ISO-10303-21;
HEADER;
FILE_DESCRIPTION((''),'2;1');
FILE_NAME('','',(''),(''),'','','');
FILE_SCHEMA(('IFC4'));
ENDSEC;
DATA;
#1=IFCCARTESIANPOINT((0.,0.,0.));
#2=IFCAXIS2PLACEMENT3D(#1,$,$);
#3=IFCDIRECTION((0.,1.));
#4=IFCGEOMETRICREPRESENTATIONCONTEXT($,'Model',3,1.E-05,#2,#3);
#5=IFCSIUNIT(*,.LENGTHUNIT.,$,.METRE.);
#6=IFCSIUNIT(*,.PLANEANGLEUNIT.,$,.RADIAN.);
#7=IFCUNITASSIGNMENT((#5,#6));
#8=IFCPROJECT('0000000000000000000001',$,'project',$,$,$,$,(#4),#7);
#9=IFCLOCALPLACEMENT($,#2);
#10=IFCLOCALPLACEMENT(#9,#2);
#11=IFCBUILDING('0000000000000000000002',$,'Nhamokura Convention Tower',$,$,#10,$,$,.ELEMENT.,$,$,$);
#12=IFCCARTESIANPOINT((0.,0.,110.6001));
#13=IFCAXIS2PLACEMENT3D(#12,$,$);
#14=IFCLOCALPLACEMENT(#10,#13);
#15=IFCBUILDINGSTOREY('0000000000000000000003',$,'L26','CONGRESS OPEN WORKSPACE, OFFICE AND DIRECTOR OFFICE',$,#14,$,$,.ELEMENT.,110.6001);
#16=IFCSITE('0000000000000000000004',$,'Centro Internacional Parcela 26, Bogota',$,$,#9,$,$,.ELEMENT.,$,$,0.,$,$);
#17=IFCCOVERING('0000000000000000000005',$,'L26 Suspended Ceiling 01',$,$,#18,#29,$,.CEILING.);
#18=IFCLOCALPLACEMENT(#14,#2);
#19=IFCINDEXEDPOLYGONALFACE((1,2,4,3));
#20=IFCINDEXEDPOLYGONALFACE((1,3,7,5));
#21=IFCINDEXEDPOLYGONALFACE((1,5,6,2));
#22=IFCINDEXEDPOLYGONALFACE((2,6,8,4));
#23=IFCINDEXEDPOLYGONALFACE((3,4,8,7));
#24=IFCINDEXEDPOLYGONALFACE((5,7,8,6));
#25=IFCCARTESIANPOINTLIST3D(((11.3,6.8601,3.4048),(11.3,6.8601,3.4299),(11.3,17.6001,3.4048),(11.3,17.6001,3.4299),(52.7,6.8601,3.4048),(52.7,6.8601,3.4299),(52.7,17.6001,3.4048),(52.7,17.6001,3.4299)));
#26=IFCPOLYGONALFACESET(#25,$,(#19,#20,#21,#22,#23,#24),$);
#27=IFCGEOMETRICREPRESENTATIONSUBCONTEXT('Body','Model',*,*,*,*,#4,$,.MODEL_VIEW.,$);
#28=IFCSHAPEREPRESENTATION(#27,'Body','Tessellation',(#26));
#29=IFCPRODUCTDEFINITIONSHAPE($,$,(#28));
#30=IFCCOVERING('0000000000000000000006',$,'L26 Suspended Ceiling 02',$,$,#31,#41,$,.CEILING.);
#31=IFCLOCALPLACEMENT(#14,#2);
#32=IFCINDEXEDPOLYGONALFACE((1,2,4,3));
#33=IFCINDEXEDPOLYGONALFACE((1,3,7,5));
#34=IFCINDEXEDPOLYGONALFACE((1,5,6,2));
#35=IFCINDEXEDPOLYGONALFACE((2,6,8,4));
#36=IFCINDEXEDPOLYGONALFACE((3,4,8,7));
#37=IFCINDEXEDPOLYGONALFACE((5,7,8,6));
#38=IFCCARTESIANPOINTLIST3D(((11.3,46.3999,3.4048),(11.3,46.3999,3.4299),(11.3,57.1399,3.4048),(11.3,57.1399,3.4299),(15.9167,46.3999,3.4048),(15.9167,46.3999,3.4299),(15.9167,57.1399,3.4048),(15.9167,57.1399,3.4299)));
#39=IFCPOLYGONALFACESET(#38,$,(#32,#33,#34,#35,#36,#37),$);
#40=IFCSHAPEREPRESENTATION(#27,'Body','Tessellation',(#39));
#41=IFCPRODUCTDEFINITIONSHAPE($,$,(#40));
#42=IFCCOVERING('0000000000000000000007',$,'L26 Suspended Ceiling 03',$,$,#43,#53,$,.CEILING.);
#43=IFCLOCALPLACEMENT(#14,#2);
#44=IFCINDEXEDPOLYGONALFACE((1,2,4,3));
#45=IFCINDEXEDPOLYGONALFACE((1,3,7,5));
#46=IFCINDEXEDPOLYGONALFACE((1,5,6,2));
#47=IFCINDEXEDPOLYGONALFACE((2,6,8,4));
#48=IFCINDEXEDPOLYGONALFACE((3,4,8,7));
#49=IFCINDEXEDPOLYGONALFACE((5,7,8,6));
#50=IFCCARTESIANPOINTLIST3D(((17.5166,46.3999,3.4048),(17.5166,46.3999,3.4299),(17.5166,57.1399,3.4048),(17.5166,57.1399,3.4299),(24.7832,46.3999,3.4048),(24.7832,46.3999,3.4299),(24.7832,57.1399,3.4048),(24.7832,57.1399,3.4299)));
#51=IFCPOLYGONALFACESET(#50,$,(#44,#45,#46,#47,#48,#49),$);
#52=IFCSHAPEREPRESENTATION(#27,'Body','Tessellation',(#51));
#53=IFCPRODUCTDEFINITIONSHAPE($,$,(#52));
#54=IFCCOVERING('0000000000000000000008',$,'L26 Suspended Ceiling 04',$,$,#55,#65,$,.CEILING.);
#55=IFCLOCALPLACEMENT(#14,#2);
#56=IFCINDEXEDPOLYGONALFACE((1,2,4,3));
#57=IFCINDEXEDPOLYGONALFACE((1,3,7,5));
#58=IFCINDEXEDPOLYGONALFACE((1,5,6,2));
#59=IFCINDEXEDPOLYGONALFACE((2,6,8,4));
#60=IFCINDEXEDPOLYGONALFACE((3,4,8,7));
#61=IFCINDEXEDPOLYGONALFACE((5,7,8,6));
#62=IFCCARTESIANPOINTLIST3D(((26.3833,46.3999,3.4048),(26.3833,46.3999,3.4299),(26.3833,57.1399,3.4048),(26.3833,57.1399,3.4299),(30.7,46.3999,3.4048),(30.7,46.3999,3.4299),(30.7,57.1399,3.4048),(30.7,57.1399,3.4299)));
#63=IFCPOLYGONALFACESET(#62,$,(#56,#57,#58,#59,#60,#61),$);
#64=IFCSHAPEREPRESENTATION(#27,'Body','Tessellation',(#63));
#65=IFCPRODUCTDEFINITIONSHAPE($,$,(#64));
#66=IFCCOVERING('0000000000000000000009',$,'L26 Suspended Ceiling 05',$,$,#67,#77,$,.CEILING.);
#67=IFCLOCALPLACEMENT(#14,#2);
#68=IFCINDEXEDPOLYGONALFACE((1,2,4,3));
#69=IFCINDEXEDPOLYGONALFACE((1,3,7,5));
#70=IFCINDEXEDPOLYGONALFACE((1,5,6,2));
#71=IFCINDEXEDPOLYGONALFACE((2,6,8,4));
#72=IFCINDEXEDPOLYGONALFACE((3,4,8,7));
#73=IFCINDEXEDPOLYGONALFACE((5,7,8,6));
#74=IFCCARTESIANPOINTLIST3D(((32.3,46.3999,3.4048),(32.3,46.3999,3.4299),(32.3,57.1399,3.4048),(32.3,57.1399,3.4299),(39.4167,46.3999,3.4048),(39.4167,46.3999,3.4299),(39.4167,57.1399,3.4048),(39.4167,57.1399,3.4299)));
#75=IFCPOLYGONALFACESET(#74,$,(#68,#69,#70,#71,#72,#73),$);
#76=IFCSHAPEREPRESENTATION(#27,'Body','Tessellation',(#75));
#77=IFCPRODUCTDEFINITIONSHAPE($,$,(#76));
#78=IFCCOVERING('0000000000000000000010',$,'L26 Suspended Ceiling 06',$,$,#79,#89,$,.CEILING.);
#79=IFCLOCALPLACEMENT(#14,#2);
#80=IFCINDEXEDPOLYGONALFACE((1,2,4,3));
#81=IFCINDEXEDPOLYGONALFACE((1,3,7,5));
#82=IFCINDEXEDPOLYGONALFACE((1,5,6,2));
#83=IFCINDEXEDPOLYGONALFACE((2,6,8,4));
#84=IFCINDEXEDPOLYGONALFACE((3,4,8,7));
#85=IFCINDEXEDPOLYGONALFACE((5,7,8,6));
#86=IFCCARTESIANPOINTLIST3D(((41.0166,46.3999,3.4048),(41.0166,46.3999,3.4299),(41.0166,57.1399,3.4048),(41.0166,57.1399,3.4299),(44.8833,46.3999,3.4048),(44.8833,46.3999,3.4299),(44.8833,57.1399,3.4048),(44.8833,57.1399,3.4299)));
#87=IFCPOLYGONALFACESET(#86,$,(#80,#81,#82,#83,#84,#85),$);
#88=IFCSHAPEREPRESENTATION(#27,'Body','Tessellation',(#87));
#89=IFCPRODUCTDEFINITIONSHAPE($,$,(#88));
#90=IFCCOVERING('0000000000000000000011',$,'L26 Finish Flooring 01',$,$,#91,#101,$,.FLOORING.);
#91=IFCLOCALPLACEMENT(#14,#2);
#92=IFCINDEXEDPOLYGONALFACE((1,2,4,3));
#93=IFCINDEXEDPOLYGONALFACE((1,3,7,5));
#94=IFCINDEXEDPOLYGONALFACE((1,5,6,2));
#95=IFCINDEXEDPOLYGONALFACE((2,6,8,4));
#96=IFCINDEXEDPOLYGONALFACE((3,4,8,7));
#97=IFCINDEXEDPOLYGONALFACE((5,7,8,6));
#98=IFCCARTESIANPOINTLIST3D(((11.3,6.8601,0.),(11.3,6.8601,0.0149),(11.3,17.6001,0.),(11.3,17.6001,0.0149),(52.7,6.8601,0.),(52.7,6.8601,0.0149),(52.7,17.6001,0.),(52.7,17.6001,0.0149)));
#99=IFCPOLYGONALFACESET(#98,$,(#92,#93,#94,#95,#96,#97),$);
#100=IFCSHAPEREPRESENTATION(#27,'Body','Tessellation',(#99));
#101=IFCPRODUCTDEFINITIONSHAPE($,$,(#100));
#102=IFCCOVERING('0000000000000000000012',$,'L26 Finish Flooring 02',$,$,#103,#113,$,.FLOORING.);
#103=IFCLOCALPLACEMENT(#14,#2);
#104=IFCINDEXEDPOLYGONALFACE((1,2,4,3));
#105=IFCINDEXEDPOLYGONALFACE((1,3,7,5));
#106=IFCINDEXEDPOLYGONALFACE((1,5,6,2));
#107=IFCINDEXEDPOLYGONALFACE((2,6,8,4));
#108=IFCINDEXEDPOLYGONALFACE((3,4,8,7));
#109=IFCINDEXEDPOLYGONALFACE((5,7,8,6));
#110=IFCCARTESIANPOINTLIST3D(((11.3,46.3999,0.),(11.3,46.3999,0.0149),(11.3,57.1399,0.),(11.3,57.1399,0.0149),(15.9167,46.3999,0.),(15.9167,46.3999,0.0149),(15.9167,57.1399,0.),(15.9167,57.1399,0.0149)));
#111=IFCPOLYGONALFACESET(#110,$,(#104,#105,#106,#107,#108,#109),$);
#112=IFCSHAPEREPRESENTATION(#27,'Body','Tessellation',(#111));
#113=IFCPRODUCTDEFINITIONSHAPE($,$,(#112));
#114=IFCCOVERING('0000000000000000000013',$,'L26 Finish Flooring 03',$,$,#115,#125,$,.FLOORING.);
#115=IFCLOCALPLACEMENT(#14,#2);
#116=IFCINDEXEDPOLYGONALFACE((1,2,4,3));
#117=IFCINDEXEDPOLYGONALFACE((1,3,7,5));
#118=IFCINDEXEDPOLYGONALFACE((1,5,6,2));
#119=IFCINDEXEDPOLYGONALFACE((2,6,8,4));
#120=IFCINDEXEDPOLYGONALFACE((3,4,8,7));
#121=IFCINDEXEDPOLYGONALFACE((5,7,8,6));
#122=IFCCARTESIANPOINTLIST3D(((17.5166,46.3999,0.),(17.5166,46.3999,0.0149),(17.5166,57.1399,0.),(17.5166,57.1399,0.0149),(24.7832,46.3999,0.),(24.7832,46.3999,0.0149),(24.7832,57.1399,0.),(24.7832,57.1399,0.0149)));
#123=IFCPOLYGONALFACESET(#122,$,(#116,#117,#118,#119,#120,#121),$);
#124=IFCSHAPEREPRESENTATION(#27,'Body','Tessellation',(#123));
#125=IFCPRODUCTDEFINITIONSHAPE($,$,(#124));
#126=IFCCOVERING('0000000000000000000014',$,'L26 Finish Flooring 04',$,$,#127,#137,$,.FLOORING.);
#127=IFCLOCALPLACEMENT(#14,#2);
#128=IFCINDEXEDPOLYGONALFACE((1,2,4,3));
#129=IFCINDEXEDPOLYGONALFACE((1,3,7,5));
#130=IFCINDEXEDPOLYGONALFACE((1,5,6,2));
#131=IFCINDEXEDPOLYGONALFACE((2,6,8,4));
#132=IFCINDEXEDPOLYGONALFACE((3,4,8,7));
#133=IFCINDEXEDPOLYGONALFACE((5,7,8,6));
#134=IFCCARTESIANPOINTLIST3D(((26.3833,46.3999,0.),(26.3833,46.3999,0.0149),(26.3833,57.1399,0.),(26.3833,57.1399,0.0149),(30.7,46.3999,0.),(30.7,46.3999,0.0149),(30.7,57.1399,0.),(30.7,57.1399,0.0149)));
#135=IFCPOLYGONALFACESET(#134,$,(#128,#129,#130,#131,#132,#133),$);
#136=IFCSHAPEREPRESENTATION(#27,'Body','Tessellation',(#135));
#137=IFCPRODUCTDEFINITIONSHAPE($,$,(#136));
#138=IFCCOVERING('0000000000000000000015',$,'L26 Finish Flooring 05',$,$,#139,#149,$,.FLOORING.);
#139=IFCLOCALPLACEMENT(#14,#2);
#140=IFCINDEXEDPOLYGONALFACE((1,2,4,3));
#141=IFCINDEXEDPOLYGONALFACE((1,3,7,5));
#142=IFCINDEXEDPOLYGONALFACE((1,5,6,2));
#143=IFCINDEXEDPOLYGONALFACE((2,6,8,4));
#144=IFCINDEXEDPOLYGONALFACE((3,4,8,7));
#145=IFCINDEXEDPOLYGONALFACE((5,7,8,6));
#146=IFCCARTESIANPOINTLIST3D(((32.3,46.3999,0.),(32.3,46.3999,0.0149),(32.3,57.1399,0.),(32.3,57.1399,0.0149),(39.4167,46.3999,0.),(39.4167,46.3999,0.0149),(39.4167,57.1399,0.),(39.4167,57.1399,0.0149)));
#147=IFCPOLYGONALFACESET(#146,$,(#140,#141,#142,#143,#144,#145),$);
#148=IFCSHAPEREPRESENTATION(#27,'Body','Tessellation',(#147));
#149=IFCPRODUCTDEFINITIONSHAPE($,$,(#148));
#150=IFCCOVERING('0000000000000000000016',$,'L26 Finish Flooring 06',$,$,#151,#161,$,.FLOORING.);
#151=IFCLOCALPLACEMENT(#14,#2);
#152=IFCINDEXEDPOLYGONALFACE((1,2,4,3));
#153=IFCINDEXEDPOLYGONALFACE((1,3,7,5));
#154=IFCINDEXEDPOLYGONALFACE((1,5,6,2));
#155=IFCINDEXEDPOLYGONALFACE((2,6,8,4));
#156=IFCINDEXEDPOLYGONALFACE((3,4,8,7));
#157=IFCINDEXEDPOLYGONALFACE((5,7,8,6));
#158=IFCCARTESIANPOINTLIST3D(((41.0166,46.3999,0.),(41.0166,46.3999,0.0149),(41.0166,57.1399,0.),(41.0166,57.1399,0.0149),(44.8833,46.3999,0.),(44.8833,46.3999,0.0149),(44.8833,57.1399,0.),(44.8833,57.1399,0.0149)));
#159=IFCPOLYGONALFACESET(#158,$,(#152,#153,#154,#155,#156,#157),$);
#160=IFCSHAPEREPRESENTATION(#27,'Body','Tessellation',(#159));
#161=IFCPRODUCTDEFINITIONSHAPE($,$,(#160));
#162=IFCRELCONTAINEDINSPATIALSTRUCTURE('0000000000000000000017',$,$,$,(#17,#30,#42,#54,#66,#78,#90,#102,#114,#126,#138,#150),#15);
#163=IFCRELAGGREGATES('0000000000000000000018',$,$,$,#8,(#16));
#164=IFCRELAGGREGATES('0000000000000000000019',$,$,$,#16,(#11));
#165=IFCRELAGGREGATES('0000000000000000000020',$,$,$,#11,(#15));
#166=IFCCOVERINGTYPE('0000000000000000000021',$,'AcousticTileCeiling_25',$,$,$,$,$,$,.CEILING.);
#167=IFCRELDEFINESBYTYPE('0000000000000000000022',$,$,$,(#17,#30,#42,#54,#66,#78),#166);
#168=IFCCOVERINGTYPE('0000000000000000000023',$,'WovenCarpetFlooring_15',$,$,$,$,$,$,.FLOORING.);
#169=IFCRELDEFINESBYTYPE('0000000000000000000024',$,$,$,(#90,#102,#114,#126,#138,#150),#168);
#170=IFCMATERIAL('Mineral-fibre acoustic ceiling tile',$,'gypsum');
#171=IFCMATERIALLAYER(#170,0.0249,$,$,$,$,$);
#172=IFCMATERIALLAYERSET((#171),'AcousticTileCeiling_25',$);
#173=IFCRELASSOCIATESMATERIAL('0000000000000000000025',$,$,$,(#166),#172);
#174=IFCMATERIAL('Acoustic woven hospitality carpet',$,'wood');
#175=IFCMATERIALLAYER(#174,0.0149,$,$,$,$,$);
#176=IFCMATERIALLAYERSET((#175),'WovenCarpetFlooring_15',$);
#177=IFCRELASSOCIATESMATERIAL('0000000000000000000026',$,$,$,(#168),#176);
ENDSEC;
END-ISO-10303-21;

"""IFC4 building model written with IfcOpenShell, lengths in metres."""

from ifc_helpers import new_model, si_unit, direction, frame, origin, place, context, subcontext, project, spatial, polyline, outline, extrude, material, layer, layer_set, type_object, element, save


model = new_model("IFC4")

# Units and contexts
model_context = context("Model", 3, precision=1e-05, world=origin(), true_north=direction((0.0, 1.0)))
body_context = subcontext(model_context, "Body", "Model", "MODEL_VIEW")
ifc_project = project(units=[si_unit("LENGTHUNIT", "METRE"), si_unit("PLANEANGLEUNIT", "RADIAN")], contexts=[model_context])

# Site, building, storey
site_placement = place(None, origin())
site = spatial("IfcSite", under=ifc_project, at=site_placement, Name="Centro Internacional Parcela 26, Bogota", CompositionType="ELEMENT", RefElevation=0.0)
building_placement = place(site_placement, origin())
building = spatial("IfcBuilding", under=site, at=building_placement, Name="Nhamokura Convention Tower", CompositionType="ELEMENT")
storey_placement = place(building_placement, frame((0.0, 0.0, 110.6001)))
storey = spatial("IfcBuildingStorey", under=building, at=storey_placement, Name="L26", Description="CONGRESS OPEN WORKSPACE, OFFICE AND DIRECTOR OFFICE", CompositionType="ELEMENT", Elevation=110.6001)

# Coverings
ifc_material_1 = material(Name="Mineral-fibre acoustic ceiling tile", Category="gypsum")
ifc_layer_1 = layer(ifc_material_1, 0.0249)
ifc_layer_set_1 = layer_set([ifc_layer_1], Name="AcousticTileCeiling_25")
covering_type_1 = type_object("IfcCoveringType", Name="AcousticTileCeiling_25", PredefinedType="CEILING", material=ifc_layer_set_1)
covering_1_placement = place(storey_placement, frame((0.0, 0.0, 3.4048)))
element("IfcCovering", 1, at=covering_1_placement, inside=storey, type_object=covering_type_1, Name="L26 Suspended Ceiling 01", PredefinedType="CEILING", context=body_context, shape_type="SweptSolid", body=[
    extrude(outline(polyline([(11.3, 6.8601), (52.7, 6.8601), (52.7, 17.6001), (11.3, 17.6001), (11.3, 6.8601)])), origin(), (0.0, 0.0, 1.0), 0.0251),
])
covering_2_placement = place(storey_placement, frame((0.0, 0.0, 3.4048)))
element("IfcCovering", 2, at=covering_2_placement, inside=storey, type_object=covering_type_1, Name="L26 Suspended Ceiling 02", PredefinedType="CEILING", context=body_context, shape_type="SweptSolid", body=[
    extrude(outline(polyline([(11.3, 46.3999), (15.9167, 46.3999), (15.9167, 57.1399), (11.3, 57.1399), (11.3, 46.3999)])), origin(), (0.0, 0.0, 1.0), 0.0251),
])
covering_3_placement = place(storey_placement, frame((0.0, 0.0, 3.4048)))
element("IfcCovering", 3, at=covering_3_placement, inside=storey, type_object=covering_type_1, Name="L26 Suspended Ceiling 03", PredefinedType="CEILING", context=body_context, shape_type="SweptSolid", body=[
    extrude(outline(polyline([(17.5166, 46.3999), (24.7832, 46.3999), (24.7832, 57.1399), (17.5166, 57.1399), (17.5166, 46.3999)])), origin(), (0.0, 0.0, 1.0), 0.0251),
])
covering_4_placement = place(storey_placement, frame((0.0, 0.0, 3.4048)))
element("IfcCovering", 4, at=covering_4_placement, inside=storey, type_object=covering_type_1, Name="L26 Suspended Ceiling 04", PredefinedType="CEILING", context=body_context, shape_type="SweptSolid", body=[
    extrude(outline(polyline([(26.3833, 46.3999), (30.7, 46.3999), (30.7, 57.1399), (26.3833, 57.1399), (26.3833, 46.3999)])), origin(), (0.0, 0.0, 1.0), 0.0251),
])
covering_5_placement = place(storey_placement, frame((0.0, 0.0, 3.4048)))
element("IfcCovering", 5, at=covering_5_placement, inside=storey, type_object=covering_type_1, Name="L26 Suspended Ceiling 05", PredefinedType="CEILING", context=body_context, shape_type="SweptSolid", body=[
    extrude(outline(polyline([(32.3, 46.3999), (39.4167, 46.3999), (39.4167, 57.1399), (32.3, 57.1399), (32.3, 46.3999)])), origin(), (0.0, 0.0, 1.0), 0.0251),
])
covering_6_placement = place(storey_placement, frame((0.0, 0.0, 3.4048)))
element("IfcCovering", 6, at=covering_6_placement, inside=storey, type_object=covering_type_1, Name="L26 Suspended Ceiling 06", PredefinedType="CEILING", context=body_context, shape_type="SweptSolid", body=[
    extrude(outline(polyline([(41.0166, 46.3999), (44.8833, 46.3999), (44.8833, 57.1399), (41.0166, 57.1399), (41.0166, 46.3999)])), origin(), (0.0, 0.0, 1.0), 0.0251),
])
ifc_material_2 = material(Name="Acoustic woven hospitality carpet", Category="wood")
ifc_layer_2 = layer(ifc_material_2, 0.0149)
ifc_layer_set_2 = layer_set([ifc_layer_2], Name="WovenCarpetFlooring_15")
covering_type_2 = type_object("IfcCoveringType", Name="WovenCarpetFlooring_15", PredefinedType="FLOORING", material=ifc_layer_set_2)
covering_7_placement = place(storey_placement, origin())
element("IfcCovering", 7, at=covering_7_placement, inside=storey, type_object=covering_type_2, Name="L26 Finish Flooring 01", PredefinedType="FLOORING", context=body_context, shape_type="SweptSolid", body=[
    extrude(outline(polyline([(11.3, 6.8601), (52.7, 6.8601), (52.7, 17.6001), (11.3, 17.6001), (11.3, 6.8601)])), origin(), (0.0, 0.0, 1.0), 0.0149),
])
covering_8_placement = place(storey_placement, origin())
element("IfcCovering", 8, at=covering_8_placement, inside=storey, type_object=covering_type_2, Name="L26 Finish Flooring 02", PredefinedType="FLOORING", context=body_context, shape_type="SweptSolid", body=[
    extrude(outline(polyline([(11.3, 46.3999), (15.9167, 46.3999), (15.9167, 57.1399), (11.3, 57.1399), (11.3, 46.3999)])), origin(), (0.0, 0.0, 1.0), 0.0149),
])
covering_9_placement = place(storey_placement, origin())
element("IfcCovering", 9, at=covering_9_placement, inside=storey, type_object=covering_type_2, Name="L26 Finish Flooring 03", PredefinedType="FLOORING", context=body_context, shape_type="SweptSolid", body=[
    extrude(outline(polyline([(17.5166, 46.3999), (24.7832, 46.3999), (24.7832, 57.1399), (17.5166, 57.1399), (17.5166, 46.3999)])), origin(), (0.0, 0.0, 1.0), 0.0149),
])
covering_10_placement = place(storey_placement, origin())
element("IfcCovering", 10, at=covering_10_placement, inside=storey, type_object=covering_type_2, Name="L26 Finish Flooring 04", PredefinedType="FLOORING", context=body_context, shape_type="SweptSolid", body=[
    extrude(outline(polyline([(26.3833, 46.3999), (30.7, 46.3999), (30.7, 57.1399), (26.3833, 57.1399), (26.3833, 46.3999)])), origin(), (0.0, 0.0, 1.0), 0.0149),
])
covering_11_placement = place(storey_placement, origin())
element("IfcCovering", 11, at=covering_11_placement, inside=storey, type_object=covering_type_2, Name="L26 Finish Flooring 05", PredefinedType="FLOORING", context=body_context, shape_type="SweptSolid", body=[
    extrude(outline(polyline([(32.3, 46.3999), (39.4167, 46.3999), (39.4167, 57.1399), (32.3, 57.1399), (32.3, 46.3999)])), origin(), (0.0, 0.0, 1.0), 0.0149),
])
covering_12_placement = place(storey_placement, origin())
element("IfcCovering", 12, at=covering_12_placement, inside=storey, type_object=covering_type_2, Name="L26 Finish Flooring 06", PredefinedType="FLOORING", context=body_context, shape_type="SweptSolid", body=[
    extrude(outline(polyline([(41.0166, 46.3999), (44.8833, 46.3999), (44.8833, 57.1399), (41.0166, 57.1399), (41.0166, 46.3999)])), origin(), (0.0, 0.0, 1.0), 0.0149),
])

save(model, "model.ifc")
